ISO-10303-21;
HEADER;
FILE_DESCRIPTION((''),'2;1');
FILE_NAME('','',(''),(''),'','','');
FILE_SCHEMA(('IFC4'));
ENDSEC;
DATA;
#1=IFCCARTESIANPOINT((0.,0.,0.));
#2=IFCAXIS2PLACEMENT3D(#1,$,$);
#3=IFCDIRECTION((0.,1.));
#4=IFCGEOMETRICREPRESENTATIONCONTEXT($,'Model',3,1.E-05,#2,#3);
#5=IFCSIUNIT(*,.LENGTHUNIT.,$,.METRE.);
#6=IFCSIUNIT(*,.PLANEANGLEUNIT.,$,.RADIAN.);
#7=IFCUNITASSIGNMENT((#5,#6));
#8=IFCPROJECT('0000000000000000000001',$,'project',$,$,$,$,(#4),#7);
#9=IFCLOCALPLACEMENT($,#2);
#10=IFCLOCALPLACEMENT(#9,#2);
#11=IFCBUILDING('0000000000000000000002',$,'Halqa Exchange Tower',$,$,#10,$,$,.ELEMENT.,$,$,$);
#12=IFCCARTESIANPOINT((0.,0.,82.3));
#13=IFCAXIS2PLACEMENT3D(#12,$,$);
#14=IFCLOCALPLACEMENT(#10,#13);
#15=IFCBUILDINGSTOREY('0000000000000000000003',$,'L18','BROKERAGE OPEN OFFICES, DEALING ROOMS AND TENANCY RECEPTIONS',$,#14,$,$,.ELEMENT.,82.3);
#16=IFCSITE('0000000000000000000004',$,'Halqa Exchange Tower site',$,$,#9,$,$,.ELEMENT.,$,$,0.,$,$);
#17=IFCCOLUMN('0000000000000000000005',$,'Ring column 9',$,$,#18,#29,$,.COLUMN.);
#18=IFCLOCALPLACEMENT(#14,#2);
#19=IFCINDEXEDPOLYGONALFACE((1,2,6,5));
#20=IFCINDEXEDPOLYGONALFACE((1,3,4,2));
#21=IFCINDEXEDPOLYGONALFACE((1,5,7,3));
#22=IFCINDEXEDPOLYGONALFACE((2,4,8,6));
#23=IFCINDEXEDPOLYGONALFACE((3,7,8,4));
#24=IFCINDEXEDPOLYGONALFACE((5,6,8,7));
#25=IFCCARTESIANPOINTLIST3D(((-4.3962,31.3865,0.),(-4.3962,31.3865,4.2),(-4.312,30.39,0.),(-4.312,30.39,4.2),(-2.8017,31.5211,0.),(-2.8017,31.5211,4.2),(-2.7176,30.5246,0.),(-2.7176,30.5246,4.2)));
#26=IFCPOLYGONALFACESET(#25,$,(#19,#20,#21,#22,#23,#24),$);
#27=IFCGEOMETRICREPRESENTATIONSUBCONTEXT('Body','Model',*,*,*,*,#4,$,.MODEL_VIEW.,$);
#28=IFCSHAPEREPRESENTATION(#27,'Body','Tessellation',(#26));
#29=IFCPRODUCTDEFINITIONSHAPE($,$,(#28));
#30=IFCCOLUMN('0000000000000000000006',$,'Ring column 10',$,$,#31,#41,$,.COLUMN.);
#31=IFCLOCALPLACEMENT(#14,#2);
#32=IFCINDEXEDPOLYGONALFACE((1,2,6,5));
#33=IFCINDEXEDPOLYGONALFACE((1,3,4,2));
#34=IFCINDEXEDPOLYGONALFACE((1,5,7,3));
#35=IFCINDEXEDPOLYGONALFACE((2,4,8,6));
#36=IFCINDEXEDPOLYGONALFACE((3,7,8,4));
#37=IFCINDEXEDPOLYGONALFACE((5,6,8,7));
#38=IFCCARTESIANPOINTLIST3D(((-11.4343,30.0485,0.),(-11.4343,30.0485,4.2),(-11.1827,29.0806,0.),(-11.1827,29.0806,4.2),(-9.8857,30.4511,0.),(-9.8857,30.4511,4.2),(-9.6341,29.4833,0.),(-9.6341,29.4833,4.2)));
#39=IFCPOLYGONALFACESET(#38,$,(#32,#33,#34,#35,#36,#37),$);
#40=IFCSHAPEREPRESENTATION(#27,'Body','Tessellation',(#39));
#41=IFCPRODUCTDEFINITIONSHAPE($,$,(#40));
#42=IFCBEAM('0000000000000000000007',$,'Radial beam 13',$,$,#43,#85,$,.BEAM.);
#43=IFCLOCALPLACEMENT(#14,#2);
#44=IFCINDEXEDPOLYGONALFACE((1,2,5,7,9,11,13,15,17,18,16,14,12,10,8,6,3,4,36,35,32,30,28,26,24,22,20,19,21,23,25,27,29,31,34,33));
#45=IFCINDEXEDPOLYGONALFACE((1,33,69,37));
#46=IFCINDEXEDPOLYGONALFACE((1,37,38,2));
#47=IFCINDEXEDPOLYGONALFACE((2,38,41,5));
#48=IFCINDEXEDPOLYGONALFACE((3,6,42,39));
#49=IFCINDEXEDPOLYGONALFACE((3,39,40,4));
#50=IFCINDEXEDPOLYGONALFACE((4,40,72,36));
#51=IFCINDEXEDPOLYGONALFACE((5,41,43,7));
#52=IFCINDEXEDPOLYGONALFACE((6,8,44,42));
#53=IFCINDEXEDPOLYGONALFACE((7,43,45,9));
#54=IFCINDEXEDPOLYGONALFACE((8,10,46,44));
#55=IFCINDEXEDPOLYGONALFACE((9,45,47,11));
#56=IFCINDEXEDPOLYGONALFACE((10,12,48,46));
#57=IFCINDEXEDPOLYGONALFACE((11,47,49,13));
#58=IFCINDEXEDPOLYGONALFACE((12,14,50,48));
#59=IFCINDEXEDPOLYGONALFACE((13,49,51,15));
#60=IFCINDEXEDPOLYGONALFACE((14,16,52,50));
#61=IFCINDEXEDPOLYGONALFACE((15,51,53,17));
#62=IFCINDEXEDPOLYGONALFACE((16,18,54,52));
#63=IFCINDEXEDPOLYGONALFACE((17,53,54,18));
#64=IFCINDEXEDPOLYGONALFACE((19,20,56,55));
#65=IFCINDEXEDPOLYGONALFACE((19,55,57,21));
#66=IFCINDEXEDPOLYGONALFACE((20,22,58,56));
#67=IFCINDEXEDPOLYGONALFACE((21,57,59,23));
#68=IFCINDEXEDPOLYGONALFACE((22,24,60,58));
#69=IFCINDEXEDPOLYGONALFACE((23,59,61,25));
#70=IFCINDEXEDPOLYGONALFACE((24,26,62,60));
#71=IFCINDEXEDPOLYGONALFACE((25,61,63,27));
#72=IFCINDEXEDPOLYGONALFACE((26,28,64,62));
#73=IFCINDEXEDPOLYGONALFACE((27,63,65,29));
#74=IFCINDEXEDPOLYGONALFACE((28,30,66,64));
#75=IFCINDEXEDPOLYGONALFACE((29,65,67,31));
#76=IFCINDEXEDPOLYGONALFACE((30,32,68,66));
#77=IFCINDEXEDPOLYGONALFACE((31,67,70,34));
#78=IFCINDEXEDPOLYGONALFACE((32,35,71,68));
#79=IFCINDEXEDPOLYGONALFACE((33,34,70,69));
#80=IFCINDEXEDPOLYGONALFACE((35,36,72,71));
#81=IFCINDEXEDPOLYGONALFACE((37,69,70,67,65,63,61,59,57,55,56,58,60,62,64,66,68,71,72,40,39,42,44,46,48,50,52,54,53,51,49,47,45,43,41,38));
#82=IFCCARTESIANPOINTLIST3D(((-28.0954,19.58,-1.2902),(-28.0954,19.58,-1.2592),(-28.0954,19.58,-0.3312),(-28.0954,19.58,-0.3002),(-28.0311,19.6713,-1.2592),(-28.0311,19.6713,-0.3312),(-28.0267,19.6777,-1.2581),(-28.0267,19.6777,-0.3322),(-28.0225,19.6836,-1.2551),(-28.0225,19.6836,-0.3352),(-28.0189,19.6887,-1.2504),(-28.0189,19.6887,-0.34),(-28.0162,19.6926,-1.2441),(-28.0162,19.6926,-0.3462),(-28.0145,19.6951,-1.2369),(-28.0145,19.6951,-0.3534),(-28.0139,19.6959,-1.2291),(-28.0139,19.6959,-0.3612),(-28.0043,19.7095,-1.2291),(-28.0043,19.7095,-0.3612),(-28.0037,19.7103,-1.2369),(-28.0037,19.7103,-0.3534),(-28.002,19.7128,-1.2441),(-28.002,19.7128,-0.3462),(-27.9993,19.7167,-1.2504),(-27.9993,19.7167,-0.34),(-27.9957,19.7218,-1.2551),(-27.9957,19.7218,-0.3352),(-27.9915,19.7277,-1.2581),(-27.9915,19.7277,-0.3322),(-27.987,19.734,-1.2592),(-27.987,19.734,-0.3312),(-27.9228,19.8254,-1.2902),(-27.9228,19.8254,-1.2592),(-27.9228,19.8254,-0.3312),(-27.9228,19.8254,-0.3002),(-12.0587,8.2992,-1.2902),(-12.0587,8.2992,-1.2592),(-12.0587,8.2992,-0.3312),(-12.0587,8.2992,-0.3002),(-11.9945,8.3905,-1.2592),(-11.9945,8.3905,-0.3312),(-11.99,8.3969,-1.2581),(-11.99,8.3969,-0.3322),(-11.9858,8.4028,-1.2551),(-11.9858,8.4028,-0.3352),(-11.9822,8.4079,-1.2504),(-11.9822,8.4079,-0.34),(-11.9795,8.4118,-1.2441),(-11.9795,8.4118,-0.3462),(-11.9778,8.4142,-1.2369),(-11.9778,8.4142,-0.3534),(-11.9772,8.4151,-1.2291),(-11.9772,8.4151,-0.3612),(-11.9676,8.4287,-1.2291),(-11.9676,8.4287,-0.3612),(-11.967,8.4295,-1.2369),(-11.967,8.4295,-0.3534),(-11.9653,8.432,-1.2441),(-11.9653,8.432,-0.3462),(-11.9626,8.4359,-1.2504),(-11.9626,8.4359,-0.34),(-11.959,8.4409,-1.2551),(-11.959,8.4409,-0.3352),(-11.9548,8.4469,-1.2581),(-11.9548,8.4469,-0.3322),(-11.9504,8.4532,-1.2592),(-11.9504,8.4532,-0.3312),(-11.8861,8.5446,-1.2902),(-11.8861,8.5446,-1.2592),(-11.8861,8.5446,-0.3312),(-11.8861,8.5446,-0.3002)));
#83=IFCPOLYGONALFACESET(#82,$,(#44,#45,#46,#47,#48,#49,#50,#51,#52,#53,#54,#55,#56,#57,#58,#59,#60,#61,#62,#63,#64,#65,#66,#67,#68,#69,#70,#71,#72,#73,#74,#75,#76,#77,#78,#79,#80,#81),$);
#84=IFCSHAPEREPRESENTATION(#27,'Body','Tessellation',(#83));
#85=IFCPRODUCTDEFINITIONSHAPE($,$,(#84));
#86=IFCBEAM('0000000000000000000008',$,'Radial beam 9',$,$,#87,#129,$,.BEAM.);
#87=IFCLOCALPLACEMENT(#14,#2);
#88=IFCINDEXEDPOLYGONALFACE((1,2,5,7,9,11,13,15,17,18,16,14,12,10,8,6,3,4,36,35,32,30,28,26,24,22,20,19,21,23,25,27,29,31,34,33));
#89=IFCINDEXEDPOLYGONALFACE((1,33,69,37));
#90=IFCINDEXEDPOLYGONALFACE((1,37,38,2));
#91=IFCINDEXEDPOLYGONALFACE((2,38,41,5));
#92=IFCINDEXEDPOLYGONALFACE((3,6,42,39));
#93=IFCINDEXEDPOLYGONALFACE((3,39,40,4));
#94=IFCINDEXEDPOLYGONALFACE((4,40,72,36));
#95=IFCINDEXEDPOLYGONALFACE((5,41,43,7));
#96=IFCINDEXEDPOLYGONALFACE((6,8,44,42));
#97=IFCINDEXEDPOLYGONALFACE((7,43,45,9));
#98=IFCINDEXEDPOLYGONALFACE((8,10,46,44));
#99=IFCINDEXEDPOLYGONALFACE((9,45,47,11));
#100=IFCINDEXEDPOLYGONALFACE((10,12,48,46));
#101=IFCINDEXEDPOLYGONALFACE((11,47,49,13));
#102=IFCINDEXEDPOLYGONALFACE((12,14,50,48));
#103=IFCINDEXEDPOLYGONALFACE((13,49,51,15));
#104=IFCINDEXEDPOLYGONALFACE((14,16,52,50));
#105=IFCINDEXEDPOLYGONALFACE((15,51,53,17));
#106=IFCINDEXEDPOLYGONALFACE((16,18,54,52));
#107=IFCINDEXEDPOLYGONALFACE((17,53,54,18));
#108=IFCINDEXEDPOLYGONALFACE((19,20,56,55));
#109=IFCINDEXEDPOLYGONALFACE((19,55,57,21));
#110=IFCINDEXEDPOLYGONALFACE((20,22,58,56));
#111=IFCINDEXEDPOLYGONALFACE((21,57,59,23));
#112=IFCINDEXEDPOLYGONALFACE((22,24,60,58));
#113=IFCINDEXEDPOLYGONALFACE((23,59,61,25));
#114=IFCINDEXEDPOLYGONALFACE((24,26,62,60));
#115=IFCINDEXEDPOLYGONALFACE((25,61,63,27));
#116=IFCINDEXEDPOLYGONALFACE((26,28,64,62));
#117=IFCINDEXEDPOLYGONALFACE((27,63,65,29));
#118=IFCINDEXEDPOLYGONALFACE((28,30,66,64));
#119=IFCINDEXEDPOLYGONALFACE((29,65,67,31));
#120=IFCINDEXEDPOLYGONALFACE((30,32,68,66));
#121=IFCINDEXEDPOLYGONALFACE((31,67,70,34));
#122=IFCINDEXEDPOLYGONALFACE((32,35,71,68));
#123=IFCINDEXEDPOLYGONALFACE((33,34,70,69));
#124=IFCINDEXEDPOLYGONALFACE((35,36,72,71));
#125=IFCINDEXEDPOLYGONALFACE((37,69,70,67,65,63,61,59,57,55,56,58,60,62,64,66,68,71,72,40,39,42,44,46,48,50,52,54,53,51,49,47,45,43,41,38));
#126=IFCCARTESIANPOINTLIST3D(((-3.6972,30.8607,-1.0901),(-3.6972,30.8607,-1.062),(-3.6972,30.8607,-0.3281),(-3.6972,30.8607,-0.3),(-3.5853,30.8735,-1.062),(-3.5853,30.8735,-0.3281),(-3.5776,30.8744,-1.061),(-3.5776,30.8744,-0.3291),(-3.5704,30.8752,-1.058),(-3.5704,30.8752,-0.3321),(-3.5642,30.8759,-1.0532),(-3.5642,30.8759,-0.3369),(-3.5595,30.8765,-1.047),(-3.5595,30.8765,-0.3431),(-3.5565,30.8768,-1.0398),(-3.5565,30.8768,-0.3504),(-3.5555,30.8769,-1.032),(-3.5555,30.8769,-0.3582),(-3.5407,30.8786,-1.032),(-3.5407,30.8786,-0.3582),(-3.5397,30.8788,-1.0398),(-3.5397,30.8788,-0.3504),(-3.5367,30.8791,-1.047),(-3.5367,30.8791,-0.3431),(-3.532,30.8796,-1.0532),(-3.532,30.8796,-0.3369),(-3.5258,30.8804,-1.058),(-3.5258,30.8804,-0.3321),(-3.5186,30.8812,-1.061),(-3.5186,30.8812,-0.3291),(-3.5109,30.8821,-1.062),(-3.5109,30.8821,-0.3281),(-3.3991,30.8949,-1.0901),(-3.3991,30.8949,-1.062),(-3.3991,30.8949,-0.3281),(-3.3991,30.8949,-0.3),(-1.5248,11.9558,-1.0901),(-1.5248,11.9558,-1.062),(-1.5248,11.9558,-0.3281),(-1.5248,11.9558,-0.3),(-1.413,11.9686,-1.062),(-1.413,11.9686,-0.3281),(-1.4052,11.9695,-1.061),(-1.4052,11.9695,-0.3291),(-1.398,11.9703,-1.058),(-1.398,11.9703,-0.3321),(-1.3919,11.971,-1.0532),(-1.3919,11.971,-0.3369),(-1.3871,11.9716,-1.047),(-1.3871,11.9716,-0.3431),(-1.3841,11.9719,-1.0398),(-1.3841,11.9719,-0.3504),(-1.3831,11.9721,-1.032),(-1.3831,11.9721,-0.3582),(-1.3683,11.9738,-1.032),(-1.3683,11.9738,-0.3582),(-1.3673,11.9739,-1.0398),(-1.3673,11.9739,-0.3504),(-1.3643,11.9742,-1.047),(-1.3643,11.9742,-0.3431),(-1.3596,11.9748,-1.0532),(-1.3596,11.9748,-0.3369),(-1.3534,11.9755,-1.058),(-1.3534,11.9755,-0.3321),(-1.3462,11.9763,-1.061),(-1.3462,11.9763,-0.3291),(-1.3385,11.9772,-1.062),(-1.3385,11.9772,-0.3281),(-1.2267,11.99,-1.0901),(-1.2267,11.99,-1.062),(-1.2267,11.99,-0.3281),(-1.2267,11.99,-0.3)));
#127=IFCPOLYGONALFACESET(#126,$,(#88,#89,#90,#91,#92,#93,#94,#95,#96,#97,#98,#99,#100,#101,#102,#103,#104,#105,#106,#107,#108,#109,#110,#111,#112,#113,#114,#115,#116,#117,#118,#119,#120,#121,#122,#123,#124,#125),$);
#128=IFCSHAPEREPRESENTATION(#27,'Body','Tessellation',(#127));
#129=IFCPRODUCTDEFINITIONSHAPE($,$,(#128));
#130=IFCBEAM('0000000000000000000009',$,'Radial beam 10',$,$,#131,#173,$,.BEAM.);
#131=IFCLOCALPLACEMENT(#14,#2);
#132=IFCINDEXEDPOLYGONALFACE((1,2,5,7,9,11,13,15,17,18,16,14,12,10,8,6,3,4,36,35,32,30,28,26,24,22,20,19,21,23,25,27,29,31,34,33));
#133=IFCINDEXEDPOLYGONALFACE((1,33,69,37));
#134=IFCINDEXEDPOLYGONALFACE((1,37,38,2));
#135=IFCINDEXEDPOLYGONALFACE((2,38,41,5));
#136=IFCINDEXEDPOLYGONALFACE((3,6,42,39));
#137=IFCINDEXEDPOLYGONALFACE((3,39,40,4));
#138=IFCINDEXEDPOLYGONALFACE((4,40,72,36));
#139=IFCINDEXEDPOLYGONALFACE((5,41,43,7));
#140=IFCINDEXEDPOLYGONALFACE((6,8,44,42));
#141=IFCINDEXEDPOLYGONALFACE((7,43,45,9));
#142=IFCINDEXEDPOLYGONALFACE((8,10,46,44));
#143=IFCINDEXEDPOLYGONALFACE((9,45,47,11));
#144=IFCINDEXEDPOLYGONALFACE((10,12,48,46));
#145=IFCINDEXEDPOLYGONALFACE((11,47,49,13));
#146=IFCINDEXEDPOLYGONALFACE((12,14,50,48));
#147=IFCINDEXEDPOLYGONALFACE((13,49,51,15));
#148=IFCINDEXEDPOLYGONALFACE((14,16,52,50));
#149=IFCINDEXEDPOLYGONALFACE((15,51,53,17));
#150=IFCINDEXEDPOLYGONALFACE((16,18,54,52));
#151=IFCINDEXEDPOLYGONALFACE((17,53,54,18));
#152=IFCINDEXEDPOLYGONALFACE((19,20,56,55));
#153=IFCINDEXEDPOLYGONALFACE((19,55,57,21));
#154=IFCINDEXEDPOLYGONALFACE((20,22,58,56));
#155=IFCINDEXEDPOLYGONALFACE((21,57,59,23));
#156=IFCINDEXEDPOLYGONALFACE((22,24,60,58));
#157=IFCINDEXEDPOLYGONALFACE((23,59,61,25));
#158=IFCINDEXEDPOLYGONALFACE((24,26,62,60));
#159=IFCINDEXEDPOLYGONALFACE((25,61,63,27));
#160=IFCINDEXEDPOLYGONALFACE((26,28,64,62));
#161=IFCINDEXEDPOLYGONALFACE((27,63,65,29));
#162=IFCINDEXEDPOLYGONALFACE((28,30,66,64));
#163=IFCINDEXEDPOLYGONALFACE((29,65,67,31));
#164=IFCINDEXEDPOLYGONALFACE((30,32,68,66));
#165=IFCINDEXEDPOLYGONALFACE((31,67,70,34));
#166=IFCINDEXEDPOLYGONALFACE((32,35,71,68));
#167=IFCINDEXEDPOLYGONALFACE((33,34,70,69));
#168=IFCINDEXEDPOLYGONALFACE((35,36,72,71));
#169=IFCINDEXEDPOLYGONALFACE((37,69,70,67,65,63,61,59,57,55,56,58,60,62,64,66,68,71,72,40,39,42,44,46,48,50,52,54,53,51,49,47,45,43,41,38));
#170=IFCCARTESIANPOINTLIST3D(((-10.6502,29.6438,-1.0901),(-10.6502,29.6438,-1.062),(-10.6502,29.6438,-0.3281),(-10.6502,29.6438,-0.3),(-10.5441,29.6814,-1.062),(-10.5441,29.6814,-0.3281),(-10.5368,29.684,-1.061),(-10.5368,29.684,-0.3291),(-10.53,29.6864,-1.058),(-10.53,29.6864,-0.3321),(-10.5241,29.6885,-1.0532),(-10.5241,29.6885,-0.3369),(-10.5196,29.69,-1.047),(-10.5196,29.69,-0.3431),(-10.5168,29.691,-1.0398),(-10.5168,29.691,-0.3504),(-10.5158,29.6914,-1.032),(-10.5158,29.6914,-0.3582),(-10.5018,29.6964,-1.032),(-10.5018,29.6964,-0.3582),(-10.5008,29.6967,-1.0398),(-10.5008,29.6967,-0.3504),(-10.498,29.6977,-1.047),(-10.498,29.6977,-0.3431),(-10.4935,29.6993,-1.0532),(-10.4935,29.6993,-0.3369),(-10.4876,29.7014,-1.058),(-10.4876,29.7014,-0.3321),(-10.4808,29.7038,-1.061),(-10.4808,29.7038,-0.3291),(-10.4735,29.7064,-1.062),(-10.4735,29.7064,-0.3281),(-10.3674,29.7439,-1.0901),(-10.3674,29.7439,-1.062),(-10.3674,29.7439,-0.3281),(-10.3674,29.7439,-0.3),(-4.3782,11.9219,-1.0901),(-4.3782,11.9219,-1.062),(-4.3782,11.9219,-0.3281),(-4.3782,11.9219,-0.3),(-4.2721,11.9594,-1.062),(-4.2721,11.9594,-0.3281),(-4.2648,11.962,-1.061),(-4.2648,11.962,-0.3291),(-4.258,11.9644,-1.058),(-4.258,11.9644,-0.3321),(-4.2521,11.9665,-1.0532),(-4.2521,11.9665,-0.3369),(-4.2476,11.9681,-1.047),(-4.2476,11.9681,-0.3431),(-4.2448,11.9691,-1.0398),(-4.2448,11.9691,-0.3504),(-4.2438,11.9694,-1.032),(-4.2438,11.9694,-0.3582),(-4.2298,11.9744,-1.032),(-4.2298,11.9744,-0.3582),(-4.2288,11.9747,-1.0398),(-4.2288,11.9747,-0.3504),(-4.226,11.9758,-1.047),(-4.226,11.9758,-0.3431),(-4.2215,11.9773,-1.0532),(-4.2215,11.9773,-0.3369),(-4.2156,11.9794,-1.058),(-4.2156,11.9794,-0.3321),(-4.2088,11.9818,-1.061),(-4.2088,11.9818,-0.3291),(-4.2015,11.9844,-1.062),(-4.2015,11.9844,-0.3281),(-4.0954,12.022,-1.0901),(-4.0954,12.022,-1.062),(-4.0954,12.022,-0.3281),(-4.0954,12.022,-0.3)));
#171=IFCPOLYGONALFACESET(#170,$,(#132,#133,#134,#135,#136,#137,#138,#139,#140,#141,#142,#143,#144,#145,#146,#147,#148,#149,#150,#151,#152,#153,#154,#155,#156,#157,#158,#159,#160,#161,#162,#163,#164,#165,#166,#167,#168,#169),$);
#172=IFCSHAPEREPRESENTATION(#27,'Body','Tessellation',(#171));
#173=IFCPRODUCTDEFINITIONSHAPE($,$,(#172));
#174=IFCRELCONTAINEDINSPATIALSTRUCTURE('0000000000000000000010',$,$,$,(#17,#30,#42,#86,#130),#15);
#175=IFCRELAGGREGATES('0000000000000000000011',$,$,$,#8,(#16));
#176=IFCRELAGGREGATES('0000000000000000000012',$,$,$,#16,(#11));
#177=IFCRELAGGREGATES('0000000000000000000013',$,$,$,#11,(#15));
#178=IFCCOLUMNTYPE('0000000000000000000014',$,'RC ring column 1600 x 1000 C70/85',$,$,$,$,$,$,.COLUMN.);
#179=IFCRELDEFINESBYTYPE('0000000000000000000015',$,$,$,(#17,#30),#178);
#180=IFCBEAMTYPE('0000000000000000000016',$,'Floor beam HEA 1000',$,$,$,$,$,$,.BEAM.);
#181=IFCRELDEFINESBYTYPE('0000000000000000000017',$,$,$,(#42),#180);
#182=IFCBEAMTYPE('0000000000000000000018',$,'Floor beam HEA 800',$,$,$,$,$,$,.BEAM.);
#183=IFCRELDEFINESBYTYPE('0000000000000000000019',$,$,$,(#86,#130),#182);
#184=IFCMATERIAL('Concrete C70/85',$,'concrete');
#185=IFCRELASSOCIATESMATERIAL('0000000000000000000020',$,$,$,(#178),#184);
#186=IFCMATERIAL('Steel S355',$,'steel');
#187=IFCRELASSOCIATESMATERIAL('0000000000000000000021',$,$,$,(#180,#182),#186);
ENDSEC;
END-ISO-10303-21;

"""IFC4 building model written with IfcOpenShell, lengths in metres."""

from ifc_helpers import new_model, si_unit, direction, frame, origin, origin_2d, place, context, subcontext, project, spatial, rectangle, i_section, extrude, material, material_profile, profile_set, type_object, element, save


model = new_model("IFC4")

# Units and contexts
model_context = context("Model", 3, precision=1e-05, world=origin(), true_north=direction((0.0, 1.0)))
body_context = subcontext(model_context, "Body", "Model", "MODEL_VIEW")
ifc_project = project(units=[si_unit("LENGTHUNIT", "METRE"), si_unit("PLANEANGLEUNIT", "RADIAN")], contexts=[model_context])

# Site, building, storey
site_placement = place(None, origin())
site = spatial("IfcSite", under=ifc_project, at=site_placement, Name="Halqa Exchange Tower site", CompositionType="ELEMENT", RefElevation=0.0)
building_placement = place(site_placement, origin())
building = spatial("IfcBuilding", under=site, at=building_placement, Name="Halqa Exchange Tower", CompositionType="ELEMENT")
storey_placement = place(building_placement, frame((0.0, 0.0, 82.3)))
storey = spatial("IfcBuildingStorey", under=building, at=storey_placement, Name="L18", Description="BROKERAGE OPEN OFFICES, DEALING ROOMS AND TENANCY RECEPTIONS", CompositionType="ELEMENT", Elevation=82.3)

# Columns
ifc_material_1 = material(Name="Concrete C70/85", Category="concrete")
ifc_material_profile_1 = material_profile(ifc_material_1, rectangle(XDim=1.6001, YDim=1.0, at=origin_2d()), Name="1600 x 1000")
ifc_profile_set_1 = profile_set([ifc_material_profile_1], Name="Concrete C70/85")
column_type = type_object("IfcColumnType", Name="RC ring column 1600 x 1000 C70/85", PredefinedType="COLUMN", material=ifc_profile_set_1)
for number, where, z_axis, x_axis, name in (
    (1, (-3.5569, 30.9556, 0.0), (0.0, 0.0, 1.0), (-0.996456, -0.084121, 0.0), "Ring column 9"),
    (2, (-10.5342, 29.7659, 0.0), (0.0, 0.0, 1.0), (-0.96782, -0.251644, 0.0), "Ring column 10"),
):
    element("IfcColumn", number, at=place(storey_placement, frame(where, z_axis=z_axis, x_axis=x_axis)), inside=storey, type_object=column_type, Name=name, PredefinedType="COLUMN", context=body_context, shape_type="SweptSolid", body=[
        extrude(rectangle(XDim=1.6001, YDim=1.0, at=origin_2d()), origin(), (0.0, 0.0, 1.0), 4.2),
    ])

# Beams
ifc_material_2 = material(Name="Steel S355", Category="steel")
ifc_material_profile_2 = material_profile(ifc_material_2, i_section(OverallWidth=0.3, OverallDepth=0.99, WebThickness=0.0166, FlangeThickness=0.031, FilletRadius=0.03, at=origin_2d()), Name="HEA 1000")
ifc_profile_set_2 = profile_set([ifc_material_profile_2], Name="Steel S355")
beam_type_1 = type_object("IfcBeamType", Name="Floor beam HEA 1000", PredefinedType="BEAM", material=ifc_profile_set_2)
beam_1_placement = place(storey_placement, frame((-11.9724, 8.4219, -0.7952), z_axis=(-0.817909, 0.575348, 0.0), x_axis=(-0.575348, -0.817909, 0.0)))
element("IfcBeam", 3, at=beam_1_placement, inside=storey, type_object=beam_type_1, Name="Radial beam 13", PredefinedType="BEAM", context=body_context, shape_type="SweptSolid", body=[
    extrude(i_section(OverallWidth=0.3, OverallDepth=0.99, WebThickness=0.0166, FlangeThickness=0.031, FilletRadius=0.03, at=origin_2d()), origin(), (0.0, 0.0, 1.0), 19.6069),
])
ifc_material_profile_3 = material_profile(ifc_material_2, i_section(OverallWidth=0.3, OverallDepth=0.79, WebThickness=0.0149, FlangeThickness=0.0281, FilletRadius=0.03, at=origin_2d()), Name="HEA 800")
ifc_profile_set_3 = profile_set([ifc_material_profile_3], Name="Steel S355")
beam_type_2 = type_object("IfcBeamType", Name="Floor beam HEA 800", PredefinedType="BEAM", material=ifc_profile_set_3)
beam_2_placement = place(storey_placement, frame((-1.3757, 11.9729, -0.6951), z_axis=(-0.11416, 0.993462, 0.0), x_axis=(-0.993462, -0.11416, 0.0)))
element("IfcBeam", 4, at=beam_2_placement, inside=storey, type_object=beam_type_2, Name="Radial beam 9", PredefinedType="BEAM", context=body_context, shape_type="SweptSolid", body=[
    extrude(i_section(OverallWidth=0.3, OverallDepth=0.79, WebThickness=0.0149, FlangeThickness=0.0281, FilletRadius=0.03, at=origin_2d()), origin(), (0.0, 0.0, 1.0), 19.0293),
])
beam_3_placement = place(storey_placement, frame((-4.2368, 11.9719, -0.6951), z_axis=(-0.333632, 0.942703, 0.0), x_axis=(-0.942703, -0.333632, 0.0)))
element("IfcBeam", 5, at=beam_3_placement, inside=storey, type_object=beam_type_2, Name="Radial beam 10", PredefinedType="BEAM", context=body_context, shape_type="SweptSolid", body=[
    extrude(i_section(OverallWidth=0.3, OverallDepth=0.79, WebThickness=0.0149, FlangeThickness=0.0281, FilletRadius=0.03, at=origin_2d()), origin(), (0.0, 0.0, 1.0), 18.7991),
])

save(model, "model.ifc")
